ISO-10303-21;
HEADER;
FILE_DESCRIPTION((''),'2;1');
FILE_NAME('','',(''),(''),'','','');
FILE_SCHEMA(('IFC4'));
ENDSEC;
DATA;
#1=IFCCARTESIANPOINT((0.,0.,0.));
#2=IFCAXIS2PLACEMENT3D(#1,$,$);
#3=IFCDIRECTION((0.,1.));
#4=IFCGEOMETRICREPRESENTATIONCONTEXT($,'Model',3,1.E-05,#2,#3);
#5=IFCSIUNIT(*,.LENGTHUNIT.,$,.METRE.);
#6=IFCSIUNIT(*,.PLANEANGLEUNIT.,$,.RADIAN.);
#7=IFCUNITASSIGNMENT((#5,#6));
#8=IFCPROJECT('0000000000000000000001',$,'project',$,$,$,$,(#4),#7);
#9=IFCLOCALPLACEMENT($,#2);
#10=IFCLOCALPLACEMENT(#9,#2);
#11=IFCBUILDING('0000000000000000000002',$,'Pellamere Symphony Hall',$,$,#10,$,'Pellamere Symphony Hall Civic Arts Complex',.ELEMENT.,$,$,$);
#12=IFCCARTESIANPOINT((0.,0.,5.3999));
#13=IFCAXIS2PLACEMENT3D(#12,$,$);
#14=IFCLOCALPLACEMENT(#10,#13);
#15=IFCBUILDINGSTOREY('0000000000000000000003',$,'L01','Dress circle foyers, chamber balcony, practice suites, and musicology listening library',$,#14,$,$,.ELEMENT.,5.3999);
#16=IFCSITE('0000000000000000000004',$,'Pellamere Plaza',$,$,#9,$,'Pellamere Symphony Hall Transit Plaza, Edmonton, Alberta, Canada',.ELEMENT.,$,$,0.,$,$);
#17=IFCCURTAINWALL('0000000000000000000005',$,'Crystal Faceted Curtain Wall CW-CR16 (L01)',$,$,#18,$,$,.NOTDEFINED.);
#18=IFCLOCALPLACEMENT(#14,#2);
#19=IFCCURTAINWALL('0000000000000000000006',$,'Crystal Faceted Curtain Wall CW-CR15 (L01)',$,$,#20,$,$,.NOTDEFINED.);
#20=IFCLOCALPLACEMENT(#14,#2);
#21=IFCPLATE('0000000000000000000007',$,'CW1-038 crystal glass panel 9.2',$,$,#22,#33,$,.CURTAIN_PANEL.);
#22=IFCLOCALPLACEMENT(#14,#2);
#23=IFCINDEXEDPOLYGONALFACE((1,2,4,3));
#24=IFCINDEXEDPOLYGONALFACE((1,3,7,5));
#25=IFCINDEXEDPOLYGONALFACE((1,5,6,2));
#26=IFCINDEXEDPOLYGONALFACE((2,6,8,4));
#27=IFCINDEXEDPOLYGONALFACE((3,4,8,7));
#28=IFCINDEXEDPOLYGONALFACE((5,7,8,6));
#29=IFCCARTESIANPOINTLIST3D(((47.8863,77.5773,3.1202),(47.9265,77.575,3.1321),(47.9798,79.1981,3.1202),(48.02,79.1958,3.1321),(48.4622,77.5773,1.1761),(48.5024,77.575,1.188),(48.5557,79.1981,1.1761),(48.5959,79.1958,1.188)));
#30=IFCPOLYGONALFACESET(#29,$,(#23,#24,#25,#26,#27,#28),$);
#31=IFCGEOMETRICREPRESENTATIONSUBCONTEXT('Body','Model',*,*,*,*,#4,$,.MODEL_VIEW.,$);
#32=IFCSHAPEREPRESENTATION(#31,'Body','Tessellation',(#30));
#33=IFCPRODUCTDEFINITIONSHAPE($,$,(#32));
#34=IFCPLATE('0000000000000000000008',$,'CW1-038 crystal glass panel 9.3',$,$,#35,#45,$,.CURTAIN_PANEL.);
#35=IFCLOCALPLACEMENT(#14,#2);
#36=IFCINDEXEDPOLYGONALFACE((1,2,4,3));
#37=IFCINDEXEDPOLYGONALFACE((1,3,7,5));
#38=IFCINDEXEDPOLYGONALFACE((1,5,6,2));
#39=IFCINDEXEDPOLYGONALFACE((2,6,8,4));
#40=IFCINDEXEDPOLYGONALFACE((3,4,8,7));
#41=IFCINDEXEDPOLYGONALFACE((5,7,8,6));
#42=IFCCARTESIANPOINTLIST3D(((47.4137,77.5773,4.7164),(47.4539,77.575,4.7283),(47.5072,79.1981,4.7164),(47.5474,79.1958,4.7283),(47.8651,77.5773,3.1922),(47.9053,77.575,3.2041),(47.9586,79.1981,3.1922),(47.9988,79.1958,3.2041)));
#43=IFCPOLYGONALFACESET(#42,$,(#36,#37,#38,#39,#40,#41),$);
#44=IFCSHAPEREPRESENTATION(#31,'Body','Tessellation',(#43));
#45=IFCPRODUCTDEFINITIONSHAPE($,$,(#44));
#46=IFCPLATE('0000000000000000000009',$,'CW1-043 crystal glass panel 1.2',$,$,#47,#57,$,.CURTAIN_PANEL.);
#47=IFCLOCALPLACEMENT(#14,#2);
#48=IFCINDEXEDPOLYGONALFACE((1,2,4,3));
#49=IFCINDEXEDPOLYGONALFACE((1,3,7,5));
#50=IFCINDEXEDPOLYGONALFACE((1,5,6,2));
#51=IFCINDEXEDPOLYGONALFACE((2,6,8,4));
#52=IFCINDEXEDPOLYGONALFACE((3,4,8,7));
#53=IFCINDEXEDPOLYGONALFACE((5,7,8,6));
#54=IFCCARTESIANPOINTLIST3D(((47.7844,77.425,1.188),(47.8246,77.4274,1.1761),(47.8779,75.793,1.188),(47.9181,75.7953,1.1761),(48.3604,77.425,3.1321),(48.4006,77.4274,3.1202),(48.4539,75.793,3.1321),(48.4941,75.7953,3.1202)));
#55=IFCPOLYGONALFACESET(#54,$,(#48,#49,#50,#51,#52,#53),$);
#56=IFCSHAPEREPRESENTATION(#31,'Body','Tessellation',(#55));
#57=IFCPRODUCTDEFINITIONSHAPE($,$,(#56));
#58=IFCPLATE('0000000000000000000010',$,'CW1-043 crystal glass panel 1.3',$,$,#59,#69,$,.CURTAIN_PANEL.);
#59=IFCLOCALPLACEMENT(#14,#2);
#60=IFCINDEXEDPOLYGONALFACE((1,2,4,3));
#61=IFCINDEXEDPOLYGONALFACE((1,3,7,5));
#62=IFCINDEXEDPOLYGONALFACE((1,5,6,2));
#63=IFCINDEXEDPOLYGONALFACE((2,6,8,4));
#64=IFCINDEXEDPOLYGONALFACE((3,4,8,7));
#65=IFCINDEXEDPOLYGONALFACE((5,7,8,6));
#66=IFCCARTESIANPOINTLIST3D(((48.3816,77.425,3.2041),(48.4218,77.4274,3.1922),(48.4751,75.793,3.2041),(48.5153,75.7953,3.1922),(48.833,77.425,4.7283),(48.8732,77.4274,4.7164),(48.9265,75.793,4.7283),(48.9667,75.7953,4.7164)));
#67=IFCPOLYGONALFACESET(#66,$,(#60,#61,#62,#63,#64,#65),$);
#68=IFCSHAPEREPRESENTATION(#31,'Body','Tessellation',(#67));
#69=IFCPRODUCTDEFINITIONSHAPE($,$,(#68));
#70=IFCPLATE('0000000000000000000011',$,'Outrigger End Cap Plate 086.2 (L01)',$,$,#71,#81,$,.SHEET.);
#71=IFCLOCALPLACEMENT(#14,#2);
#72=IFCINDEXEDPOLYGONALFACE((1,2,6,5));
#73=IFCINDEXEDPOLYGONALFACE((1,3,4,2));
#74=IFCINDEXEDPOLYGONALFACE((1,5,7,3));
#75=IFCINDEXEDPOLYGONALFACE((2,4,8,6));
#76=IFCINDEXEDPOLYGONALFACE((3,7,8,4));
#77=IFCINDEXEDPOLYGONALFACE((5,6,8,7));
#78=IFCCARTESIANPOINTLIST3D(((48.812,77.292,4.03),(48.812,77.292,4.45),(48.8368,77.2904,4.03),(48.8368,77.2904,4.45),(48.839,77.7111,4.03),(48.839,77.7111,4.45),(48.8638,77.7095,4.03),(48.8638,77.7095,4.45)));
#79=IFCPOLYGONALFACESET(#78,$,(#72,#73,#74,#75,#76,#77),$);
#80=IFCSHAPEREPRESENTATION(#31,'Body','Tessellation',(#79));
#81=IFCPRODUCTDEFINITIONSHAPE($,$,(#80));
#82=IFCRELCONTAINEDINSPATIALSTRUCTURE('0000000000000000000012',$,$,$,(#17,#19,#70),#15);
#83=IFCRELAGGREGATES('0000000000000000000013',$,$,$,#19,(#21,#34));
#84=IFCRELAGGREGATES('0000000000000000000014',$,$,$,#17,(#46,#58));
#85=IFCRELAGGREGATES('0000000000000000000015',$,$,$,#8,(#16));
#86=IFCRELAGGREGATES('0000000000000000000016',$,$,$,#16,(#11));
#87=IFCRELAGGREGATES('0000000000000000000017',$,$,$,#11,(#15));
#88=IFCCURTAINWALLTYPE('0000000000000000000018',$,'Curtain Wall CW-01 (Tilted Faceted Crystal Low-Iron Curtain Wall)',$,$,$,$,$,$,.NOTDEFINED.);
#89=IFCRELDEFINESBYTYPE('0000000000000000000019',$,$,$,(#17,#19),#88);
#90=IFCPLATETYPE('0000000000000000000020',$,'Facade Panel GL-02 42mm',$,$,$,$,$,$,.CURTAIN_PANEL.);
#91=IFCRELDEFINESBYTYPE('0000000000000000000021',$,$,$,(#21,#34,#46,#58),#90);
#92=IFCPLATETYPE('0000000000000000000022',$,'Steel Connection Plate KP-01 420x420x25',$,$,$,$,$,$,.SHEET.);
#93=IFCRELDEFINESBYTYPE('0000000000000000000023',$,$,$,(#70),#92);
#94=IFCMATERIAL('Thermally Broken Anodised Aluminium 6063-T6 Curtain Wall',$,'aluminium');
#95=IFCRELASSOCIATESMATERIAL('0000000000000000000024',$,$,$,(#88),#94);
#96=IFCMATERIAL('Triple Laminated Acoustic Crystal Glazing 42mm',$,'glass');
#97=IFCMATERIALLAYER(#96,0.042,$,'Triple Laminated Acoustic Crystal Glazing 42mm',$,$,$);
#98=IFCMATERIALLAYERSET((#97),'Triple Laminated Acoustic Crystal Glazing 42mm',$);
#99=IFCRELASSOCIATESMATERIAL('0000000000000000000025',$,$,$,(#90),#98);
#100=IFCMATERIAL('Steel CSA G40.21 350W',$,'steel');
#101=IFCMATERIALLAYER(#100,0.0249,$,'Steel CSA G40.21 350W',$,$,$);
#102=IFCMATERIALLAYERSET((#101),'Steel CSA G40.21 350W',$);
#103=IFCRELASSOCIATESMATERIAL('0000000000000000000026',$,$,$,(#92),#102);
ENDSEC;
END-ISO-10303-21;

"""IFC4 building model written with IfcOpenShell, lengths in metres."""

from ifc_helpers import new_model, si_unit, direction, frame, origin, origin_2d, place, context, subcontext, project, spatial, polyline, rectangle, outline, extrude, material, layer, layer_set, type_object, element, aggregate, save


model = new_model("IFC4")

# Units and contexts
model_context = context("Model", 3, precision=1e-05, world=origin(), true_north=direction((0.0, 1.0)))
body_context = subcontext(model_context, "Body", "Model", "MODEL_VIEW")
ifc_project = project(units=[si_unit("LENGTHUNIT", "METRE"), si_unit("PLANEANGLEUNIT", "RADIAN")], contexts=[model_context])

# Site, building, storey
site_placement = place(None, origin())
site = spatial("IfcSite", under=ifc_project, at=site_placement, Name="Pellamere Plaza", LongName="Pellamere Symphony Hall Transit Plaza, Edmonton, Alberta, Canada", CompositionType="ELEMENT", RefElevation=0.0)
building_placement = place(site_placement, origin())
building = spatial("IfcBuilding", under=site, at=building_placement, Name="Pellamere Symphony Hall", LongName="Pellamere Symphony Hall Civic Arts Complex", CompositionType="ELEMENT")
storey_placement = place(building_placement, frame((0.0, 0.0, 5.3999)))
storey = spatial("IfcBuildingStorey", under=building, at=storey_placement, Name="L01", Description="Dress circle foyers, chamber balcony, practice suites, and musicology listening library", CompositionType="ELEMENT", Elevation=5.3999)

# Curtain wall
ifc_material_1 = material(Name="Thermally Broken Anodised Aluminium 6063-T6 Curtain Wall", Category="aluminium")
curtain_wall_type = type_object("IfcCurtainWallType", Name="Curtain Wall CW-01 (Tilted Faceted Crystal Low-Iron Curtain Wall)", PredefinedType="NOTDEFINED", material=ifc_material_1)
curtain_wall_1_placement = place(storey_placement, origin())
curtain_wall_1 = element("IfcCurtainWall", 1, at=curtain_wall_1_placement, inside=storey, type_object=curtain_wall_type, Name="Crystal Faceted Curtain Wall CW-CR16 (L01)", PredefinedType="NOTDEFINED")

# Curtain wall
curtain_wall_2_placement = place(storey_placement, origin())
curtain_wall_2 = element("IfcCurtainWall", 2, at=curtain_wall_2_placement, inside=storey, type_object=curtain_wall_type, Name="Crystal Faceted Curtain Wall CW-CR15 (L01)", PredefinedType="NOTDEFINED")

# Plates
ifc_material_2 = material(Name="Triple Laminated Acoustic Crystal Glazing 42mm", Category="glass")
ifc_layer_1 = layer(ifc_material_2, 0.042, Name="Triple Laminated Acoustic Crystal Glazing 42mm")
ifc_layer_set_1 = layer_set([ifc_layer_1], Name="Triple Laminated Acoustic Crystal Glazing 42mm")
plate_type_1 = type_object("IfcPlateType", Name="Facade Panel GL-02 42mm", PredefinedType="CURTAIN_PANEL", material=ifc_layer_set_1)
plate_1_placement = place(storey_placement, frame((48.5959, 79.1958, 1.188), z_axis=(0.957348, -0.055229, 0.28361), x_axis=(-0.057594, -0.99834, 0.0)))
plate_1 = element("IfcPlate", 3, at=plate_1_placement, type_object=plate_type_1, Name="CW1-038 crystal glass panel 9.2", PredefinedType="CURTAIN_PANEL", context=body_context, shape_type="SweptSolid", body=[
    extrude(outline(polyline([(0.0, 0.0), (1.6235, 0.0), (1.6567, -2.0273), (0.0332, -2.0273), (0.0, 0.0)])), origin(), (0.0, 0.0, -1.0), 0.042),
])
plate_2_placement = place(storey_placement, frame((47.9988, 79.1958, 3.2041), z_axis=(0.957367, -0.05523, 0.283545), x_axis=(-0.057594, -0.99834, 0.0)))
plate_2 = element("IfcPlate", 4, at=plate_2_placement, type_object=plate_type_1, Name="CW1-038 crystal glass panel 9.3", PredefinedType="CURTAIN_PANEL", context=body_context, shape_type="SweptSolid", body=[
    extrude(outline(polyline([(0.0, 0.0), (1.6235, 0.0), (1.6495, -1.5894), (0.026, -1.5894), (0.0, 0.0)])), origin(), (0.0, 0.0, -1.0), 0.042),
])
aggregate(curtain_wall_2, [plate_1, plate_2])
plate_3_placement = place(storey_placement, frame((47.7844, 77.425, 1.188), z_axis=(-0.957368, -0.05485, 0.283616), x_axis=(0.057199, -0.998363, 0.0)))
plate_3 = element("IfcPlate", 5, at=plate_3_placement, type_object=plate_type_1, Name="CW1-043 crystal glass panel 1.2", PredefinedType="CURTAIN_PANEL", context=body_context, shape_type="SweptSolid", body=[
    extrude(outline(polyline([(0.0, 0.0), (1.6348, 0.0), (1.6677, 2.0273), (0.0329, 2.0273), (0.0, 0.0)])), origin(), (0.0, 0.0, -1.0), 0.042),
])
plate_4_placement = place(storey_placement, frame((48.3816, 77.425, 3.2041), z_axis=(-0.957387, -0.054851, 0.283551), x_axis=(0.057199, -0.998363, 0.0)))
plate_4 = element("IfcPlate", 6, at=plate_4_placement, type_object=plate_type_1, Name="CW1-043 crystal glass panel 1.3", PredefinedType="CURTAIN_PANEL", context=body_context, shape_type="SweptSolid", body=[
    extrude(outline(polyline([(0.0, 0.0), (1.6348, 0.0), (1.6606, 1.5894), (0.0258, 1.5894), (0.0, 0.0)])), origin(), (0.0, 0.0, -1.0), 0.042),
])
aggregate(curtain_wall_1, [plate_3, plate_4])
ifc_material_3 = material(Name="Steel CSA G40.21 350W", Category="steel")
ifc_layer_2 = layer(ifc_material_3, 0.0249, Name="Steel CSA G40.21 350W")
ifc_layer_set_2 = layer_set([ifc_layer_2], Name="Steel CSA G40.21 350W")
plate_type_2 = type_object("IfcPlateType", Name="Steel Connection Plate KP-01 420x420x25", PredefinedType="SHEET", material=ifc_layer_set_2)
plate_5_placement = place(storey_placement, frame((48.8379, 77.5007, 4.03), z_axis=(0.0, 0.0, 1.0), x_axis=(-0.997927, 0.064358, 0.0)))
element("IfcPlate", 7, at=plate_5_placement, inside=storey, type_object=plate_type_2, Name="Outrigger End Cap Plate 086.2 (L01)", PredefinedType="SHEET", context=body_context, shape_type="SweptSolid", body=[
    extrude(rectangle(XDim=0.0249, YDim=0.4199, at=origin_2d()), origin(), (0.0, 0.0, 1.0), 0.4199),
])

save(model, "model.ifc")
